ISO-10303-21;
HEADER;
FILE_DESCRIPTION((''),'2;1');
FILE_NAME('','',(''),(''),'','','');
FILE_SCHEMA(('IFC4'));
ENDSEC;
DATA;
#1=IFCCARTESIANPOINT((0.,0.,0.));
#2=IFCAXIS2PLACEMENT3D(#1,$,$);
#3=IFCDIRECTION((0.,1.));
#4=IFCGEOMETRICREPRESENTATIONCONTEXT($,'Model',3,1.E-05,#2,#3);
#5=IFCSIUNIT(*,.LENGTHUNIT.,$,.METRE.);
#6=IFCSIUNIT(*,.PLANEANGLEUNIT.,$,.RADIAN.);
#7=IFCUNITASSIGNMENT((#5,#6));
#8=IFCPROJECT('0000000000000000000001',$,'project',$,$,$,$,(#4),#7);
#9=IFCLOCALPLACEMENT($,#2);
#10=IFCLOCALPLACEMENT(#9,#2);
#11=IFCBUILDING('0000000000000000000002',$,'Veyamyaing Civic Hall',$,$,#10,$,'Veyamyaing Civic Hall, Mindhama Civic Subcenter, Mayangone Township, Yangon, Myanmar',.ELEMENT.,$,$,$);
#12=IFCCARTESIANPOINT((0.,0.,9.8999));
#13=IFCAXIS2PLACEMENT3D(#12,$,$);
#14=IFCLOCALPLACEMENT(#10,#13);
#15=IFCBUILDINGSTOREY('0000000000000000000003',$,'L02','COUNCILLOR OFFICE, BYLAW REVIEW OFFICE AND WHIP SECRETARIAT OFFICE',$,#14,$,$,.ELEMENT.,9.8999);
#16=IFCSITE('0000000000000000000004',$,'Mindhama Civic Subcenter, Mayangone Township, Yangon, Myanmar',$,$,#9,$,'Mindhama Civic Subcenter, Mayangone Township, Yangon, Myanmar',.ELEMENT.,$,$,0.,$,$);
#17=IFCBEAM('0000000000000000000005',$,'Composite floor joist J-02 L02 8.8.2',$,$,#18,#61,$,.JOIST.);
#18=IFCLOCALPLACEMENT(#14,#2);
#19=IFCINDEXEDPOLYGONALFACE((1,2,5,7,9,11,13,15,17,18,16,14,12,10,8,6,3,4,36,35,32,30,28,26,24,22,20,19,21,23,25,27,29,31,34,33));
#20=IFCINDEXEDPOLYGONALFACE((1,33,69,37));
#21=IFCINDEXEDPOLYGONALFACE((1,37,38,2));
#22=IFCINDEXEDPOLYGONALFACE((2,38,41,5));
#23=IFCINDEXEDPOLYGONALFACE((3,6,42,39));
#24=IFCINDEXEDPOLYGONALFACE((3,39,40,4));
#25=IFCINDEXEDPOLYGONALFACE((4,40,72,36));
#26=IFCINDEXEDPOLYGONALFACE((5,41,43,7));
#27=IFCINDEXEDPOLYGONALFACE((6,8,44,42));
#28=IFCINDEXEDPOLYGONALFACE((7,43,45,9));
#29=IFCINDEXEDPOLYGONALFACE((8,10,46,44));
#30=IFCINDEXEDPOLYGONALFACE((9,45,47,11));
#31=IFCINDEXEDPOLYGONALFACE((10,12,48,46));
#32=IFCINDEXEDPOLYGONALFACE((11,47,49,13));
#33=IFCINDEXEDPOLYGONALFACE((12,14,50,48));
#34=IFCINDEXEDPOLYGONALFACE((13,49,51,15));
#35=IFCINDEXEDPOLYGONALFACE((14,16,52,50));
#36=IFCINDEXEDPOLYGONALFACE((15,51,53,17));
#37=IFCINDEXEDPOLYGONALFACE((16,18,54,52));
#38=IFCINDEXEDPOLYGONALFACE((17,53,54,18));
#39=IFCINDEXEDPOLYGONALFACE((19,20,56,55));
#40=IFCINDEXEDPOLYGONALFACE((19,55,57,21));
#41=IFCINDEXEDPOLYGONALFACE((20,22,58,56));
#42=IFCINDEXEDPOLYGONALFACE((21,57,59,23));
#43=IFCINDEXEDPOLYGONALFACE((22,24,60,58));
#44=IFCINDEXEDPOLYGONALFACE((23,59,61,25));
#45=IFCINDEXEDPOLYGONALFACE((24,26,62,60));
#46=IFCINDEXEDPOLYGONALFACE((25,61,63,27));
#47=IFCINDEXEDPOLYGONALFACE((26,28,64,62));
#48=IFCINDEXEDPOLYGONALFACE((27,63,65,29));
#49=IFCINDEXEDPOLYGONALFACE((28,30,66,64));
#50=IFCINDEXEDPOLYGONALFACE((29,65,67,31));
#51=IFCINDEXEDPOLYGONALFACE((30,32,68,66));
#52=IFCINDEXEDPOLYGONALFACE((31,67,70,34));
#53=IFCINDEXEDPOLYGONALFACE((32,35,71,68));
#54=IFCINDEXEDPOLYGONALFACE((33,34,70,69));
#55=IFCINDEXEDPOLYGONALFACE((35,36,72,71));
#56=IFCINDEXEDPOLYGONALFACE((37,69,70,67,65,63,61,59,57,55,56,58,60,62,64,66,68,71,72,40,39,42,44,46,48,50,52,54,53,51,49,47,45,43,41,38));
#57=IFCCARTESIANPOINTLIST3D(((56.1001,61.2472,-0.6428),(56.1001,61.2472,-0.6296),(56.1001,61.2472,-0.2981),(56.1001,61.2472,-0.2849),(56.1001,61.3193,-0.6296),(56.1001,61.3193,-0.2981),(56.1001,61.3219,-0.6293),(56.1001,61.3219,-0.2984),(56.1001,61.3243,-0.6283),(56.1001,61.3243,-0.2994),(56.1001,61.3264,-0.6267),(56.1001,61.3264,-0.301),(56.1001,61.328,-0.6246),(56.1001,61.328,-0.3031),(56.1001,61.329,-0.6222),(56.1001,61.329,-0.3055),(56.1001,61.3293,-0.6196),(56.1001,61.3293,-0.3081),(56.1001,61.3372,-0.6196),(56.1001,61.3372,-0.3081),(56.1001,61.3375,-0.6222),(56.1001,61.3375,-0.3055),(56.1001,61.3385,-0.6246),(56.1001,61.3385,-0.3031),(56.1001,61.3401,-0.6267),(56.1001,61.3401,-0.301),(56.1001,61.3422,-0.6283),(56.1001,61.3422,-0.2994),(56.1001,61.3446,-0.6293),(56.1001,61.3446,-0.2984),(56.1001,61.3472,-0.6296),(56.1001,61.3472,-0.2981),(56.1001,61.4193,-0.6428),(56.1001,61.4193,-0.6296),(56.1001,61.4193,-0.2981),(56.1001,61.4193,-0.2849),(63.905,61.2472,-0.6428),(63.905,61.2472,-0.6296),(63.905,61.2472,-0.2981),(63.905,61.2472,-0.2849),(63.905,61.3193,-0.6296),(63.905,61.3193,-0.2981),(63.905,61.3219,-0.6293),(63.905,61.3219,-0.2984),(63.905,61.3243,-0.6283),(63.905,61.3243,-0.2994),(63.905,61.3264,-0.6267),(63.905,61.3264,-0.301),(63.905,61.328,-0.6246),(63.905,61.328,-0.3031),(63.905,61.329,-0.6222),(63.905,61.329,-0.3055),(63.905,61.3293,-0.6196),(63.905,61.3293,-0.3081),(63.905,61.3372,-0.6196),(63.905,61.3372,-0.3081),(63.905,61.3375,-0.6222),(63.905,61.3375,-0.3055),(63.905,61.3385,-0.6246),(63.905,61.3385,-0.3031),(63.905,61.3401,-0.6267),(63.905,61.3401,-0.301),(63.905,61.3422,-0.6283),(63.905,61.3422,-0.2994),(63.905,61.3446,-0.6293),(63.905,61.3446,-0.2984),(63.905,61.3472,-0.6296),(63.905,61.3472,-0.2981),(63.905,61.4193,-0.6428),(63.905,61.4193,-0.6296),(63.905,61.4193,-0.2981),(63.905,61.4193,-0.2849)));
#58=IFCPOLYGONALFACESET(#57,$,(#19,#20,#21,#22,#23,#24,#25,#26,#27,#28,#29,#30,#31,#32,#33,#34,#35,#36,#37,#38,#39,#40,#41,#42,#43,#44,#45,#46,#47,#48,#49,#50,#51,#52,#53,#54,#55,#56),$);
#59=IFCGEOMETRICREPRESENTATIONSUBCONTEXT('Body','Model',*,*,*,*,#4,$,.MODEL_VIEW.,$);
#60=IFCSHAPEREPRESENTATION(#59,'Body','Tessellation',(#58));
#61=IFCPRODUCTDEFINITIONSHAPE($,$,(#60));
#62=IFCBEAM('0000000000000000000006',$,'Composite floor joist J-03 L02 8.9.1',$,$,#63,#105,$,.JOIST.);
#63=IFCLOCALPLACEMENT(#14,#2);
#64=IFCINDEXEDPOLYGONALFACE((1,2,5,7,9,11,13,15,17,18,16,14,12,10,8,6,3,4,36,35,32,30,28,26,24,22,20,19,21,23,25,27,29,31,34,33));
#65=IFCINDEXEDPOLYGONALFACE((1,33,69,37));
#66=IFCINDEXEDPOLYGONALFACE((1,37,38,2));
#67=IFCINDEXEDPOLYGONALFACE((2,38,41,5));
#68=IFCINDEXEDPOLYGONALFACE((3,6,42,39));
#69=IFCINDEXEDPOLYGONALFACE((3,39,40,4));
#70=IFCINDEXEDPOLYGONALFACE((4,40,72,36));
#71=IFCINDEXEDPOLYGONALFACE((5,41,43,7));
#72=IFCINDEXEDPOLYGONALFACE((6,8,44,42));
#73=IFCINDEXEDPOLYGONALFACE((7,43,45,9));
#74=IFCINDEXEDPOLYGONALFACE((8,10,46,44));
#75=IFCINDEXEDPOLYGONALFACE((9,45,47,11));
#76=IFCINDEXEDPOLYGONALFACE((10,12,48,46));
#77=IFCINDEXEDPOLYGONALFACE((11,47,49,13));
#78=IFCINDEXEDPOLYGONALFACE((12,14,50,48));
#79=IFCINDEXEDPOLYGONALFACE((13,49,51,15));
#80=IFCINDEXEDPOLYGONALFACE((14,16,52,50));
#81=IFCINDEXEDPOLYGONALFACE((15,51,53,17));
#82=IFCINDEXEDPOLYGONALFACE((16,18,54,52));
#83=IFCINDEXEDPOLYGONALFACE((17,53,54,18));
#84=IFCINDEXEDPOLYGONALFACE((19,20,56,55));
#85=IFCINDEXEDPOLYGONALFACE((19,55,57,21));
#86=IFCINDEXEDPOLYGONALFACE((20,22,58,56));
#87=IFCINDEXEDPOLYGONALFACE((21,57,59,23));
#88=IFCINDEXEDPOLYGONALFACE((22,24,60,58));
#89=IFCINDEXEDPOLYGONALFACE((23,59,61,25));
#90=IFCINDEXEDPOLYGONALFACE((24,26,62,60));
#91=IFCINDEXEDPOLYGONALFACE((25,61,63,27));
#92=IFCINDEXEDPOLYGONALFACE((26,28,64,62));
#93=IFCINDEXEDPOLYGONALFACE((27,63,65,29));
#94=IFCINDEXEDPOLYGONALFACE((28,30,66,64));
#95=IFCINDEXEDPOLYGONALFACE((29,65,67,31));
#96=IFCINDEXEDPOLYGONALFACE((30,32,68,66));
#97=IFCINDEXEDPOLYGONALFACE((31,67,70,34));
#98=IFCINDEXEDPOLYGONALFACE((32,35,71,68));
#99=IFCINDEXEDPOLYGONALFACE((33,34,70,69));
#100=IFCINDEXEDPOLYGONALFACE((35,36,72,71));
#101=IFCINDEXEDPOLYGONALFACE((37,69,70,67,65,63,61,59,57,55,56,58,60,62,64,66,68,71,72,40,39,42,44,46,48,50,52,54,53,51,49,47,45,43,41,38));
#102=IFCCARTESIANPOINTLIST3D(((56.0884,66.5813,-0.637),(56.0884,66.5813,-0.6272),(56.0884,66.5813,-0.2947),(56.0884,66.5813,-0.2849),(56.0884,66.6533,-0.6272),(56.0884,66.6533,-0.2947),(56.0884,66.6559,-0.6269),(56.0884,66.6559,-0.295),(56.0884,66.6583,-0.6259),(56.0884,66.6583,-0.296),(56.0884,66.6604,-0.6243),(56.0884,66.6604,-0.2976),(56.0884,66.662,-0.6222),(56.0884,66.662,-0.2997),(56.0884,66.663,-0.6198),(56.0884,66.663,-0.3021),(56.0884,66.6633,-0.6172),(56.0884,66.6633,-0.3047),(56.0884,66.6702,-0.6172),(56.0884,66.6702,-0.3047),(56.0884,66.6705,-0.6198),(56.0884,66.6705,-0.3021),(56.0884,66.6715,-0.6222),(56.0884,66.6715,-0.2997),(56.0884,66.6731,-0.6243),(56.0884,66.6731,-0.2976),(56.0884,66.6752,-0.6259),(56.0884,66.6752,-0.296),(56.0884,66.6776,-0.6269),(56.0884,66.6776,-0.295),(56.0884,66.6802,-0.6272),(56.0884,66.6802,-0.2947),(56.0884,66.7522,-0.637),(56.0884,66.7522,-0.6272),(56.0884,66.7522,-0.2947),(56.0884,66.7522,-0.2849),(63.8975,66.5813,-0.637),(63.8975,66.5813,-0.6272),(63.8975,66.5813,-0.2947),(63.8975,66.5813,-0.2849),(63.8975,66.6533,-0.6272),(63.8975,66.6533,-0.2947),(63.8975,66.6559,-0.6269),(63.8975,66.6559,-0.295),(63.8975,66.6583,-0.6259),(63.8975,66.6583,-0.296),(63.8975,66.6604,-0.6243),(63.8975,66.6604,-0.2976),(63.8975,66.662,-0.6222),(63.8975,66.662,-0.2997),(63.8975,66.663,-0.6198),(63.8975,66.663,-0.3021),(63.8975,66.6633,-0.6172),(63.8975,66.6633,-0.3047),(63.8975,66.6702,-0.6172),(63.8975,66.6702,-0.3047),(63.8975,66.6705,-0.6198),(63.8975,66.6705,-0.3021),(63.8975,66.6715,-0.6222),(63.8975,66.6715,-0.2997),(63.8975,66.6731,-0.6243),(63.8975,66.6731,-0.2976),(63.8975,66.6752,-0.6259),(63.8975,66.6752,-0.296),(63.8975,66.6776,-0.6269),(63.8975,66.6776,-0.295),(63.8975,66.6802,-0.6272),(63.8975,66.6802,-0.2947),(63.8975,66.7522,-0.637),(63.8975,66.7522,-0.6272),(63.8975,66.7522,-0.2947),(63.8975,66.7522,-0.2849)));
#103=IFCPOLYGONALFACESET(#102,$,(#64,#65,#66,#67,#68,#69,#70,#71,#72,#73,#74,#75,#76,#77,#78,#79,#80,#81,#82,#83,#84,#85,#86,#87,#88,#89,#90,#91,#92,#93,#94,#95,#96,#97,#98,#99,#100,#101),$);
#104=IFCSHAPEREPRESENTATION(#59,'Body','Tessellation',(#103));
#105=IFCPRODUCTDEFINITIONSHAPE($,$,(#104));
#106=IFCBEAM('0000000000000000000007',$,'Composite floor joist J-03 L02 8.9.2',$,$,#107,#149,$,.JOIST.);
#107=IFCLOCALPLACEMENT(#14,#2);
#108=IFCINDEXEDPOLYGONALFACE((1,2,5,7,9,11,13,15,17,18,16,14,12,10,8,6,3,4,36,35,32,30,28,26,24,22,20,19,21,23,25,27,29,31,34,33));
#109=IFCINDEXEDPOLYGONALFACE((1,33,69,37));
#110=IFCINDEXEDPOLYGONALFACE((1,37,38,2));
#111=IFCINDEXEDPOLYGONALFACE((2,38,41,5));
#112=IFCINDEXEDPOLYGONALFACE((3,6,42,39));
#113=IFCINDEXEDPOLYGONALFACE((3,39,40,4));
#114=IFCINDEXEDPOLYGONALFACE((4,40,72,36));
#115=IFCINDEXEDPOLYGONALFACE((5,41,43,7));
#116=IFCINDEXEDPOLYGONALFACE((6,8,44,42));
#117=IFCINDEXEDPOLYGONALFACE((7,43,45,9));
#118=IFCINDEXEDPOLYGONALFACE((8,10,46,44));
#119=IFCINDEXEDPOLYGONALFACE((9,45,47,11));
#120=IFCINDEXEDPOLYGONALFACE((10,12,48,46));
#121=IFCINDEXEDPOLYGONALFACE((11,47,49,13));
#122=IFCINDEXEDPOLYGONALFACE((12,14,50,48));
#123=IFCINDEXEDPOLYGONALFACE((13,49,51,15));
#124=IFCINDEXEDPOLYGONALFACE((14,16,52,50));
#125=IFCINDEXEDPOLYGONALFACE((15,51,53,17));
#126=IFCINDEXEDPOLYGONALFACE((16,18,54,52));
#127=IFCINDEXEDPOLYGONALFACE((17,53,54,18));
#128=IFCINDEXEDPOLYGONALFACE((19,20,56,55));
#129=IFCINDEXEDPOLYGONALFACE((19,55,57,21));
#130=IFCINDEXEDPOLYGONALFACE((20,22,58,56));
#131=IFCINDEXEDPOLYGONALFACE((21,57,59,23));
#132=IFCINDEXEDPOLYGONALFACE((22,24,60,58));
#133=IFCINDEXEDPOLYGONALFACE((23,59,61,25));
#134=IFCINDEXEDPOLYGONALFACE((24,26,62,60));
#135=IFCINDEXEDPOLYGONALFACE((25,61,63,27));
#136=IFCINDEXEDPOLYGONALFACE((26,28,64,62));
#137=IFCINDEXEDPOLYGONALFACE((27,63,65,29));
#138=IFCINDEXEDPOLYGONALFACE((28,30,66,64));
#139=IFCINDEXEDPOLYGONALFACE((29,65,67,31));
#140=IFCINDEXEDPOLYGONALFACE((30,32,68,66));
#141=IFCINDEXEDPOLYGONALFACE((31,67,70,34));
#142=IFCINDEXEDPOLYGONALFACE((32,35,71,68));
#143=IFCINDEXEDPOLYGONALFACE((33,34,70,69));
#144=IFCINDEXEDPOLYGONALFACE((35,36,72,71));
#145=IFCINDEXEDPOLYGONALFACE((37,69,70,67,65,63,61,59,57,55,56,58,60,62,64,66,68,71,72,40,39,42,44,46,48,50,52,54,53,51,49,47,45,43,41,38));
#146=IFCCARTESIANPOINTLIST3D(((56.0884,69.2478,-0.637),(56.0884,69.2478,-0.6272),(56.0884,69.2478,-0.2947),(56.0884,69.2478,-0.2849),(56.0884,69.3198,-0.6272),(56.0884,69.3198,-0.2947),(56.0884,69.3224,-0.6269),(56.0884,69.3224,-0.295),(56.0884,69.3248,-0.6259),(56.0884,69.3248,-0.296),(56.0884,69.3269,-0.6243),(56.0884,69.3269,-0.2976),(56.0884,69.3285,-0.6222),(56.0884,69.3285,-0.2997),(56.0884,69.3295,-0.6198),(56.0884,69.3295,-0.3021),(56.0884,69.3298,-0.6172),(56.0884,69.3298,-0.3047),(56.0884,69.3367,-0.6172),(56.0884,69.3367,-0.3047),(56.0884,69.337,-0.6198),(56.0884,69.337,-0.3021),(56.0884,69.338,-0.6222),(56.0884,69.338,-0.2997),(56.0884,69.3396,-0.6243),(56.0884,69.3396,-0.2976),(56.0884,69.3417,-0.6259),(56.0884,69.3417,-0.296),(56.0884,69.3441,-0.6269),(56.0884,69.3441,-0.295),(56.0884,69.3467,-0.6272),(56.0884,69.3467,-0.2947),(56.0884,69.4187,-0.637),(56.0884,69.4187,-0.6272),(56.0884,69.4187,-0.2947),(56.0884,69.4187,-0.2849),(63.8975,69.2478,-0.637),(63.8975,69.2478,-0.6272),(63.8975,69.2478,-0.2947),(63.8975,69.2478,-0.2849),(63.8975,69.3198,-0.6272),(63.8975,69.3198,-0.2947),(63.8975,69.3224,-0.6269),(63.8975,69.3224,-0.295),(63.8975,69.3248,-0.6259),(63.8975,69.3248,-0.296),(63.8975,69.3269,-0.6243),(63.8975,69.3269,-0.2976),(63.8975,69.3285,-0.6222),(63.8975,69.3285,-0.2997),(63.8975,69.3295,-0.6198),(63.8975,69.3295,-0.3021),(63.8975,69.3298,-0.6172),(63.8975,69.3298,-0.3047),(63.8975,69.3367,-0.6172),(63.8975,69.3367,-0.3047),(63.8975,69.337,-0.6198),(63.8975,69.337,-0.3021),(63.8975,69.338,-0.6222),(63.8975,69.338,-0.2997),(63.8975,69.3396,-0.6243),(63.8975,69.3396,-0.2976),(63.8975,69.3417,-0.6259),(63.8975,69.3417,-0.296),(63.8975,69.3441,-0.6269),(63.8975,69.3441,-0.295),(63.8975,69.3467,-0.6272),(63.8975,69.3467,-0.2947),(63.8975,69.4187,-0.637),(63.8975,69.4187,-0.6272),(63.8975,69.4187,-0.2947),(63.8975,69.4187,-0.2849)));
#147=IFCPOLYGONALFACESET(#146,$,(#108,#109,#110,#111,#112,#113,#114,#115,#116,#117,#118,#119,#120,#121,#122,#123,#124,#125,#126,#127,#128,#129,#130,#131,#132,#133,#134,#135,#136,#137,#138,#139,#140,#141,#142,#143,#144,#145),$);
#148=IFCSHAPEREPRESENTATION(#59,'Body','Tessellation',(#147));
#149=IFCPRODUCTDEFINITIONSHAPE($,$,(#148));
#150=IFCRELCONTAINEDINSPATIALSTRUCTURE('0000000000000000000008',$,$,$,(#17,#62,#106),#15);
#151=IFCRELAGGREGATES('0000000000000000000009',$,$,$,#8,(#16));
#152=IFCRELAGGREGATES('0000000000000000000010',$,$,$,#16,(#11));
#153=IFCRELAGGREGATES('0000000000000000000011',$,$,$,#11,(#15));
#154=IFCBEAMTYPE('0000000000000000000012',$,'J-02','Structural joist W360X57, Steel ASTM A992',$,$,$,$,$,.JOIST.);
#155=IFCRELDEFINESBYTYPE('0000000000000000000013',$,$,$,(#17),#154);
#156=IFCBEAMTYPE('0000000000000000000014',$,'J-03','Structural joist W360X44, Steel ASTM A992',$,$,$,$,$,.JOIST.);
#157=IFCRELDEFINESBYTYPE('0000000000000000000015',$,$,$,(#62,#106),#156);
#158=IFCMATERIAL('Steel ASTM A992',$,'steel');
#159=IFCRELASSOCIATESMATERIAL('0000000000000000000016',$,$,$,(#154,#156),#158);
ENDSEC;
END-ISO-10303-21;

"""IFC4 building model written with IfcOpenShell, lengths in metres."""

from ifc_helpers import new_model, si_unit, direction, frame, origin, origin_2d, place, context, subcontext, project, spatial, i_section, extrude, material, material_profile, profile_set, type_object, element, save


model = new_model("IFC4")

# Units and contexts
model_context = context("Model", 3, precision=1e-05, world=origin(), true_north=direction((0.0, 1.0)))
body_context = subcontext(model_context, "Body", "Model", "MODEL_VIEW")
ifc_project = project(units=[si_unit("LENGTHUNIT", "METRE"), si_unit("PLANEANGLEUNIT", "RADIAN")], contexts=[model_context])

# Site, building, storey
site_placement = place(None, origin())
site = spatial("IfcSite", under=ifc_project, at=site_placement, Name="Mindhama Civic Subcenter, Mayangone Township, Yangon, Myanmar", LongName="Mindhama Civic Subcenter, Mayangone Township, Yangon, Myanmar", CompositionType="ELEMENT", RefElevation=0.0)
building_placement = place(site_placement, origin())
building = spatial("IfcBuilding", under=site, at=building_placement, Name="Veyamyaing Civic Hall", LongName="Veyamyaing Civic Hall, Mindhama Civic Subcenter, Mayangone Township, Yangon, Myanmar", CompositionType="ELEMENT")
storey_placement = place(building_placement, frame((0.0, 0.0, 9.8999)))
storey = spatial("IfcBuildingStorey", under=building, at=storey_placement, Name="L02", Description="COUNCILLOR OFFICE, BYLAW REVIEW OFFICE AND WHIP SECRETARIAT OFFICE", CompositionType="ELEMENT", Elevation=9.8999)

# Beams
ifc_material_1 = material(Name="Steel ASTM A992", Category="steel")
ifc_material_profile_1 = material_profile(ifc_material_1, i_section(OverallWidth=0.1721, OverallDepth=0.3579, WebThickness=0.0078, FlangeThickness=0.0132, FilletRadius=0.01, at=origin_2d()), Name="W360X57")
ifc_profile_set_1 = profile_set([ifc_material_profile_1], Name="Steel ASTM A992")
beam_type_1 = type_object("IfcBeamType", Name="J-02", Description="Structural joist W360X57, Steel ASTM A992", PredefinedType="JOIST", material=ifc_profile_set_1)
beam_1_placement = place(storey_placement, frame((56.1001, 61.3333, -0.4639), z_axis=(1.0, 0.0, 0.0), x_axis=(0.0, 1.0, 0.0)))
element("IfcBeam", 1, at=beam_1_placement, inside=storey, type_object=beam_type_1, Name="Composite floor joist J-02 L02 8.8.2", PredefinedType="JOIST", context=body_context, shape_type="SweptSolid", body=[
    extrude(i_section(OverallWidth=0.1721, OverallDepth=0.3579, WebThickness=0.0078, FlangeThickness=0.0132, FilletRadius=0.01, at=origin_2d()), origin(), (0.0, 0.0, 1.0), 7.8049),
])
ifc_material_profile_2 = material_profile(ifc_material_1, i_section(OverallWidth=0.1709, OverallDepth=0.3521, WebThickness=0.0068, FlangeThickness=0.0098, FilletRadius=0.01, at=origin_2d()), Name="W360X44")
ifc_profile_set_2 = profile_set([ifc_material_profile_2], Name="Steel ASTM A992")
beam_type_2 = type_object("IfcBeamType", Name="J-03", Description="Structural joist W360X44, Steel ASTM A992", PredefinedType="JOIST", material=ifc_profile_set_2)
for number, where, z_axis, x_axis, name in (
    (2, (56.0884, 66.6667, -0.4609), (1.0, 0.0, 0.0), (0.0, 1.0, 0.0), "Composite floor joist J-03 L02 8.9.1"),
    (3, (56.0884, 69.3333, -0.4609), (1.0, 0.0, 0.0), (0.0, 1.0, 0.0), "Composite floor joist J-03 L02 8.9.2"),
):
    element("IfcBeam", number, at=place(storey_placement, frame(where, z_axis=z_axis, x_axis=x_axis)), inside=storey, type_object=beam_type_2, Name=name, PredefinedType="JOIST", context=body_context, shape_type="SweptSolid", body=[
        extrude(i_section(OverallWidth=0.1709, OverallDepth=0.3521, WebThickness=0.0068, FlangeThickness=0.0098, FilletRadius=0.01, at=origin_2d()), origin(), (0.0, 0.0, 1.0), 7.8091),
    ])

save(model, "model.ifc")
